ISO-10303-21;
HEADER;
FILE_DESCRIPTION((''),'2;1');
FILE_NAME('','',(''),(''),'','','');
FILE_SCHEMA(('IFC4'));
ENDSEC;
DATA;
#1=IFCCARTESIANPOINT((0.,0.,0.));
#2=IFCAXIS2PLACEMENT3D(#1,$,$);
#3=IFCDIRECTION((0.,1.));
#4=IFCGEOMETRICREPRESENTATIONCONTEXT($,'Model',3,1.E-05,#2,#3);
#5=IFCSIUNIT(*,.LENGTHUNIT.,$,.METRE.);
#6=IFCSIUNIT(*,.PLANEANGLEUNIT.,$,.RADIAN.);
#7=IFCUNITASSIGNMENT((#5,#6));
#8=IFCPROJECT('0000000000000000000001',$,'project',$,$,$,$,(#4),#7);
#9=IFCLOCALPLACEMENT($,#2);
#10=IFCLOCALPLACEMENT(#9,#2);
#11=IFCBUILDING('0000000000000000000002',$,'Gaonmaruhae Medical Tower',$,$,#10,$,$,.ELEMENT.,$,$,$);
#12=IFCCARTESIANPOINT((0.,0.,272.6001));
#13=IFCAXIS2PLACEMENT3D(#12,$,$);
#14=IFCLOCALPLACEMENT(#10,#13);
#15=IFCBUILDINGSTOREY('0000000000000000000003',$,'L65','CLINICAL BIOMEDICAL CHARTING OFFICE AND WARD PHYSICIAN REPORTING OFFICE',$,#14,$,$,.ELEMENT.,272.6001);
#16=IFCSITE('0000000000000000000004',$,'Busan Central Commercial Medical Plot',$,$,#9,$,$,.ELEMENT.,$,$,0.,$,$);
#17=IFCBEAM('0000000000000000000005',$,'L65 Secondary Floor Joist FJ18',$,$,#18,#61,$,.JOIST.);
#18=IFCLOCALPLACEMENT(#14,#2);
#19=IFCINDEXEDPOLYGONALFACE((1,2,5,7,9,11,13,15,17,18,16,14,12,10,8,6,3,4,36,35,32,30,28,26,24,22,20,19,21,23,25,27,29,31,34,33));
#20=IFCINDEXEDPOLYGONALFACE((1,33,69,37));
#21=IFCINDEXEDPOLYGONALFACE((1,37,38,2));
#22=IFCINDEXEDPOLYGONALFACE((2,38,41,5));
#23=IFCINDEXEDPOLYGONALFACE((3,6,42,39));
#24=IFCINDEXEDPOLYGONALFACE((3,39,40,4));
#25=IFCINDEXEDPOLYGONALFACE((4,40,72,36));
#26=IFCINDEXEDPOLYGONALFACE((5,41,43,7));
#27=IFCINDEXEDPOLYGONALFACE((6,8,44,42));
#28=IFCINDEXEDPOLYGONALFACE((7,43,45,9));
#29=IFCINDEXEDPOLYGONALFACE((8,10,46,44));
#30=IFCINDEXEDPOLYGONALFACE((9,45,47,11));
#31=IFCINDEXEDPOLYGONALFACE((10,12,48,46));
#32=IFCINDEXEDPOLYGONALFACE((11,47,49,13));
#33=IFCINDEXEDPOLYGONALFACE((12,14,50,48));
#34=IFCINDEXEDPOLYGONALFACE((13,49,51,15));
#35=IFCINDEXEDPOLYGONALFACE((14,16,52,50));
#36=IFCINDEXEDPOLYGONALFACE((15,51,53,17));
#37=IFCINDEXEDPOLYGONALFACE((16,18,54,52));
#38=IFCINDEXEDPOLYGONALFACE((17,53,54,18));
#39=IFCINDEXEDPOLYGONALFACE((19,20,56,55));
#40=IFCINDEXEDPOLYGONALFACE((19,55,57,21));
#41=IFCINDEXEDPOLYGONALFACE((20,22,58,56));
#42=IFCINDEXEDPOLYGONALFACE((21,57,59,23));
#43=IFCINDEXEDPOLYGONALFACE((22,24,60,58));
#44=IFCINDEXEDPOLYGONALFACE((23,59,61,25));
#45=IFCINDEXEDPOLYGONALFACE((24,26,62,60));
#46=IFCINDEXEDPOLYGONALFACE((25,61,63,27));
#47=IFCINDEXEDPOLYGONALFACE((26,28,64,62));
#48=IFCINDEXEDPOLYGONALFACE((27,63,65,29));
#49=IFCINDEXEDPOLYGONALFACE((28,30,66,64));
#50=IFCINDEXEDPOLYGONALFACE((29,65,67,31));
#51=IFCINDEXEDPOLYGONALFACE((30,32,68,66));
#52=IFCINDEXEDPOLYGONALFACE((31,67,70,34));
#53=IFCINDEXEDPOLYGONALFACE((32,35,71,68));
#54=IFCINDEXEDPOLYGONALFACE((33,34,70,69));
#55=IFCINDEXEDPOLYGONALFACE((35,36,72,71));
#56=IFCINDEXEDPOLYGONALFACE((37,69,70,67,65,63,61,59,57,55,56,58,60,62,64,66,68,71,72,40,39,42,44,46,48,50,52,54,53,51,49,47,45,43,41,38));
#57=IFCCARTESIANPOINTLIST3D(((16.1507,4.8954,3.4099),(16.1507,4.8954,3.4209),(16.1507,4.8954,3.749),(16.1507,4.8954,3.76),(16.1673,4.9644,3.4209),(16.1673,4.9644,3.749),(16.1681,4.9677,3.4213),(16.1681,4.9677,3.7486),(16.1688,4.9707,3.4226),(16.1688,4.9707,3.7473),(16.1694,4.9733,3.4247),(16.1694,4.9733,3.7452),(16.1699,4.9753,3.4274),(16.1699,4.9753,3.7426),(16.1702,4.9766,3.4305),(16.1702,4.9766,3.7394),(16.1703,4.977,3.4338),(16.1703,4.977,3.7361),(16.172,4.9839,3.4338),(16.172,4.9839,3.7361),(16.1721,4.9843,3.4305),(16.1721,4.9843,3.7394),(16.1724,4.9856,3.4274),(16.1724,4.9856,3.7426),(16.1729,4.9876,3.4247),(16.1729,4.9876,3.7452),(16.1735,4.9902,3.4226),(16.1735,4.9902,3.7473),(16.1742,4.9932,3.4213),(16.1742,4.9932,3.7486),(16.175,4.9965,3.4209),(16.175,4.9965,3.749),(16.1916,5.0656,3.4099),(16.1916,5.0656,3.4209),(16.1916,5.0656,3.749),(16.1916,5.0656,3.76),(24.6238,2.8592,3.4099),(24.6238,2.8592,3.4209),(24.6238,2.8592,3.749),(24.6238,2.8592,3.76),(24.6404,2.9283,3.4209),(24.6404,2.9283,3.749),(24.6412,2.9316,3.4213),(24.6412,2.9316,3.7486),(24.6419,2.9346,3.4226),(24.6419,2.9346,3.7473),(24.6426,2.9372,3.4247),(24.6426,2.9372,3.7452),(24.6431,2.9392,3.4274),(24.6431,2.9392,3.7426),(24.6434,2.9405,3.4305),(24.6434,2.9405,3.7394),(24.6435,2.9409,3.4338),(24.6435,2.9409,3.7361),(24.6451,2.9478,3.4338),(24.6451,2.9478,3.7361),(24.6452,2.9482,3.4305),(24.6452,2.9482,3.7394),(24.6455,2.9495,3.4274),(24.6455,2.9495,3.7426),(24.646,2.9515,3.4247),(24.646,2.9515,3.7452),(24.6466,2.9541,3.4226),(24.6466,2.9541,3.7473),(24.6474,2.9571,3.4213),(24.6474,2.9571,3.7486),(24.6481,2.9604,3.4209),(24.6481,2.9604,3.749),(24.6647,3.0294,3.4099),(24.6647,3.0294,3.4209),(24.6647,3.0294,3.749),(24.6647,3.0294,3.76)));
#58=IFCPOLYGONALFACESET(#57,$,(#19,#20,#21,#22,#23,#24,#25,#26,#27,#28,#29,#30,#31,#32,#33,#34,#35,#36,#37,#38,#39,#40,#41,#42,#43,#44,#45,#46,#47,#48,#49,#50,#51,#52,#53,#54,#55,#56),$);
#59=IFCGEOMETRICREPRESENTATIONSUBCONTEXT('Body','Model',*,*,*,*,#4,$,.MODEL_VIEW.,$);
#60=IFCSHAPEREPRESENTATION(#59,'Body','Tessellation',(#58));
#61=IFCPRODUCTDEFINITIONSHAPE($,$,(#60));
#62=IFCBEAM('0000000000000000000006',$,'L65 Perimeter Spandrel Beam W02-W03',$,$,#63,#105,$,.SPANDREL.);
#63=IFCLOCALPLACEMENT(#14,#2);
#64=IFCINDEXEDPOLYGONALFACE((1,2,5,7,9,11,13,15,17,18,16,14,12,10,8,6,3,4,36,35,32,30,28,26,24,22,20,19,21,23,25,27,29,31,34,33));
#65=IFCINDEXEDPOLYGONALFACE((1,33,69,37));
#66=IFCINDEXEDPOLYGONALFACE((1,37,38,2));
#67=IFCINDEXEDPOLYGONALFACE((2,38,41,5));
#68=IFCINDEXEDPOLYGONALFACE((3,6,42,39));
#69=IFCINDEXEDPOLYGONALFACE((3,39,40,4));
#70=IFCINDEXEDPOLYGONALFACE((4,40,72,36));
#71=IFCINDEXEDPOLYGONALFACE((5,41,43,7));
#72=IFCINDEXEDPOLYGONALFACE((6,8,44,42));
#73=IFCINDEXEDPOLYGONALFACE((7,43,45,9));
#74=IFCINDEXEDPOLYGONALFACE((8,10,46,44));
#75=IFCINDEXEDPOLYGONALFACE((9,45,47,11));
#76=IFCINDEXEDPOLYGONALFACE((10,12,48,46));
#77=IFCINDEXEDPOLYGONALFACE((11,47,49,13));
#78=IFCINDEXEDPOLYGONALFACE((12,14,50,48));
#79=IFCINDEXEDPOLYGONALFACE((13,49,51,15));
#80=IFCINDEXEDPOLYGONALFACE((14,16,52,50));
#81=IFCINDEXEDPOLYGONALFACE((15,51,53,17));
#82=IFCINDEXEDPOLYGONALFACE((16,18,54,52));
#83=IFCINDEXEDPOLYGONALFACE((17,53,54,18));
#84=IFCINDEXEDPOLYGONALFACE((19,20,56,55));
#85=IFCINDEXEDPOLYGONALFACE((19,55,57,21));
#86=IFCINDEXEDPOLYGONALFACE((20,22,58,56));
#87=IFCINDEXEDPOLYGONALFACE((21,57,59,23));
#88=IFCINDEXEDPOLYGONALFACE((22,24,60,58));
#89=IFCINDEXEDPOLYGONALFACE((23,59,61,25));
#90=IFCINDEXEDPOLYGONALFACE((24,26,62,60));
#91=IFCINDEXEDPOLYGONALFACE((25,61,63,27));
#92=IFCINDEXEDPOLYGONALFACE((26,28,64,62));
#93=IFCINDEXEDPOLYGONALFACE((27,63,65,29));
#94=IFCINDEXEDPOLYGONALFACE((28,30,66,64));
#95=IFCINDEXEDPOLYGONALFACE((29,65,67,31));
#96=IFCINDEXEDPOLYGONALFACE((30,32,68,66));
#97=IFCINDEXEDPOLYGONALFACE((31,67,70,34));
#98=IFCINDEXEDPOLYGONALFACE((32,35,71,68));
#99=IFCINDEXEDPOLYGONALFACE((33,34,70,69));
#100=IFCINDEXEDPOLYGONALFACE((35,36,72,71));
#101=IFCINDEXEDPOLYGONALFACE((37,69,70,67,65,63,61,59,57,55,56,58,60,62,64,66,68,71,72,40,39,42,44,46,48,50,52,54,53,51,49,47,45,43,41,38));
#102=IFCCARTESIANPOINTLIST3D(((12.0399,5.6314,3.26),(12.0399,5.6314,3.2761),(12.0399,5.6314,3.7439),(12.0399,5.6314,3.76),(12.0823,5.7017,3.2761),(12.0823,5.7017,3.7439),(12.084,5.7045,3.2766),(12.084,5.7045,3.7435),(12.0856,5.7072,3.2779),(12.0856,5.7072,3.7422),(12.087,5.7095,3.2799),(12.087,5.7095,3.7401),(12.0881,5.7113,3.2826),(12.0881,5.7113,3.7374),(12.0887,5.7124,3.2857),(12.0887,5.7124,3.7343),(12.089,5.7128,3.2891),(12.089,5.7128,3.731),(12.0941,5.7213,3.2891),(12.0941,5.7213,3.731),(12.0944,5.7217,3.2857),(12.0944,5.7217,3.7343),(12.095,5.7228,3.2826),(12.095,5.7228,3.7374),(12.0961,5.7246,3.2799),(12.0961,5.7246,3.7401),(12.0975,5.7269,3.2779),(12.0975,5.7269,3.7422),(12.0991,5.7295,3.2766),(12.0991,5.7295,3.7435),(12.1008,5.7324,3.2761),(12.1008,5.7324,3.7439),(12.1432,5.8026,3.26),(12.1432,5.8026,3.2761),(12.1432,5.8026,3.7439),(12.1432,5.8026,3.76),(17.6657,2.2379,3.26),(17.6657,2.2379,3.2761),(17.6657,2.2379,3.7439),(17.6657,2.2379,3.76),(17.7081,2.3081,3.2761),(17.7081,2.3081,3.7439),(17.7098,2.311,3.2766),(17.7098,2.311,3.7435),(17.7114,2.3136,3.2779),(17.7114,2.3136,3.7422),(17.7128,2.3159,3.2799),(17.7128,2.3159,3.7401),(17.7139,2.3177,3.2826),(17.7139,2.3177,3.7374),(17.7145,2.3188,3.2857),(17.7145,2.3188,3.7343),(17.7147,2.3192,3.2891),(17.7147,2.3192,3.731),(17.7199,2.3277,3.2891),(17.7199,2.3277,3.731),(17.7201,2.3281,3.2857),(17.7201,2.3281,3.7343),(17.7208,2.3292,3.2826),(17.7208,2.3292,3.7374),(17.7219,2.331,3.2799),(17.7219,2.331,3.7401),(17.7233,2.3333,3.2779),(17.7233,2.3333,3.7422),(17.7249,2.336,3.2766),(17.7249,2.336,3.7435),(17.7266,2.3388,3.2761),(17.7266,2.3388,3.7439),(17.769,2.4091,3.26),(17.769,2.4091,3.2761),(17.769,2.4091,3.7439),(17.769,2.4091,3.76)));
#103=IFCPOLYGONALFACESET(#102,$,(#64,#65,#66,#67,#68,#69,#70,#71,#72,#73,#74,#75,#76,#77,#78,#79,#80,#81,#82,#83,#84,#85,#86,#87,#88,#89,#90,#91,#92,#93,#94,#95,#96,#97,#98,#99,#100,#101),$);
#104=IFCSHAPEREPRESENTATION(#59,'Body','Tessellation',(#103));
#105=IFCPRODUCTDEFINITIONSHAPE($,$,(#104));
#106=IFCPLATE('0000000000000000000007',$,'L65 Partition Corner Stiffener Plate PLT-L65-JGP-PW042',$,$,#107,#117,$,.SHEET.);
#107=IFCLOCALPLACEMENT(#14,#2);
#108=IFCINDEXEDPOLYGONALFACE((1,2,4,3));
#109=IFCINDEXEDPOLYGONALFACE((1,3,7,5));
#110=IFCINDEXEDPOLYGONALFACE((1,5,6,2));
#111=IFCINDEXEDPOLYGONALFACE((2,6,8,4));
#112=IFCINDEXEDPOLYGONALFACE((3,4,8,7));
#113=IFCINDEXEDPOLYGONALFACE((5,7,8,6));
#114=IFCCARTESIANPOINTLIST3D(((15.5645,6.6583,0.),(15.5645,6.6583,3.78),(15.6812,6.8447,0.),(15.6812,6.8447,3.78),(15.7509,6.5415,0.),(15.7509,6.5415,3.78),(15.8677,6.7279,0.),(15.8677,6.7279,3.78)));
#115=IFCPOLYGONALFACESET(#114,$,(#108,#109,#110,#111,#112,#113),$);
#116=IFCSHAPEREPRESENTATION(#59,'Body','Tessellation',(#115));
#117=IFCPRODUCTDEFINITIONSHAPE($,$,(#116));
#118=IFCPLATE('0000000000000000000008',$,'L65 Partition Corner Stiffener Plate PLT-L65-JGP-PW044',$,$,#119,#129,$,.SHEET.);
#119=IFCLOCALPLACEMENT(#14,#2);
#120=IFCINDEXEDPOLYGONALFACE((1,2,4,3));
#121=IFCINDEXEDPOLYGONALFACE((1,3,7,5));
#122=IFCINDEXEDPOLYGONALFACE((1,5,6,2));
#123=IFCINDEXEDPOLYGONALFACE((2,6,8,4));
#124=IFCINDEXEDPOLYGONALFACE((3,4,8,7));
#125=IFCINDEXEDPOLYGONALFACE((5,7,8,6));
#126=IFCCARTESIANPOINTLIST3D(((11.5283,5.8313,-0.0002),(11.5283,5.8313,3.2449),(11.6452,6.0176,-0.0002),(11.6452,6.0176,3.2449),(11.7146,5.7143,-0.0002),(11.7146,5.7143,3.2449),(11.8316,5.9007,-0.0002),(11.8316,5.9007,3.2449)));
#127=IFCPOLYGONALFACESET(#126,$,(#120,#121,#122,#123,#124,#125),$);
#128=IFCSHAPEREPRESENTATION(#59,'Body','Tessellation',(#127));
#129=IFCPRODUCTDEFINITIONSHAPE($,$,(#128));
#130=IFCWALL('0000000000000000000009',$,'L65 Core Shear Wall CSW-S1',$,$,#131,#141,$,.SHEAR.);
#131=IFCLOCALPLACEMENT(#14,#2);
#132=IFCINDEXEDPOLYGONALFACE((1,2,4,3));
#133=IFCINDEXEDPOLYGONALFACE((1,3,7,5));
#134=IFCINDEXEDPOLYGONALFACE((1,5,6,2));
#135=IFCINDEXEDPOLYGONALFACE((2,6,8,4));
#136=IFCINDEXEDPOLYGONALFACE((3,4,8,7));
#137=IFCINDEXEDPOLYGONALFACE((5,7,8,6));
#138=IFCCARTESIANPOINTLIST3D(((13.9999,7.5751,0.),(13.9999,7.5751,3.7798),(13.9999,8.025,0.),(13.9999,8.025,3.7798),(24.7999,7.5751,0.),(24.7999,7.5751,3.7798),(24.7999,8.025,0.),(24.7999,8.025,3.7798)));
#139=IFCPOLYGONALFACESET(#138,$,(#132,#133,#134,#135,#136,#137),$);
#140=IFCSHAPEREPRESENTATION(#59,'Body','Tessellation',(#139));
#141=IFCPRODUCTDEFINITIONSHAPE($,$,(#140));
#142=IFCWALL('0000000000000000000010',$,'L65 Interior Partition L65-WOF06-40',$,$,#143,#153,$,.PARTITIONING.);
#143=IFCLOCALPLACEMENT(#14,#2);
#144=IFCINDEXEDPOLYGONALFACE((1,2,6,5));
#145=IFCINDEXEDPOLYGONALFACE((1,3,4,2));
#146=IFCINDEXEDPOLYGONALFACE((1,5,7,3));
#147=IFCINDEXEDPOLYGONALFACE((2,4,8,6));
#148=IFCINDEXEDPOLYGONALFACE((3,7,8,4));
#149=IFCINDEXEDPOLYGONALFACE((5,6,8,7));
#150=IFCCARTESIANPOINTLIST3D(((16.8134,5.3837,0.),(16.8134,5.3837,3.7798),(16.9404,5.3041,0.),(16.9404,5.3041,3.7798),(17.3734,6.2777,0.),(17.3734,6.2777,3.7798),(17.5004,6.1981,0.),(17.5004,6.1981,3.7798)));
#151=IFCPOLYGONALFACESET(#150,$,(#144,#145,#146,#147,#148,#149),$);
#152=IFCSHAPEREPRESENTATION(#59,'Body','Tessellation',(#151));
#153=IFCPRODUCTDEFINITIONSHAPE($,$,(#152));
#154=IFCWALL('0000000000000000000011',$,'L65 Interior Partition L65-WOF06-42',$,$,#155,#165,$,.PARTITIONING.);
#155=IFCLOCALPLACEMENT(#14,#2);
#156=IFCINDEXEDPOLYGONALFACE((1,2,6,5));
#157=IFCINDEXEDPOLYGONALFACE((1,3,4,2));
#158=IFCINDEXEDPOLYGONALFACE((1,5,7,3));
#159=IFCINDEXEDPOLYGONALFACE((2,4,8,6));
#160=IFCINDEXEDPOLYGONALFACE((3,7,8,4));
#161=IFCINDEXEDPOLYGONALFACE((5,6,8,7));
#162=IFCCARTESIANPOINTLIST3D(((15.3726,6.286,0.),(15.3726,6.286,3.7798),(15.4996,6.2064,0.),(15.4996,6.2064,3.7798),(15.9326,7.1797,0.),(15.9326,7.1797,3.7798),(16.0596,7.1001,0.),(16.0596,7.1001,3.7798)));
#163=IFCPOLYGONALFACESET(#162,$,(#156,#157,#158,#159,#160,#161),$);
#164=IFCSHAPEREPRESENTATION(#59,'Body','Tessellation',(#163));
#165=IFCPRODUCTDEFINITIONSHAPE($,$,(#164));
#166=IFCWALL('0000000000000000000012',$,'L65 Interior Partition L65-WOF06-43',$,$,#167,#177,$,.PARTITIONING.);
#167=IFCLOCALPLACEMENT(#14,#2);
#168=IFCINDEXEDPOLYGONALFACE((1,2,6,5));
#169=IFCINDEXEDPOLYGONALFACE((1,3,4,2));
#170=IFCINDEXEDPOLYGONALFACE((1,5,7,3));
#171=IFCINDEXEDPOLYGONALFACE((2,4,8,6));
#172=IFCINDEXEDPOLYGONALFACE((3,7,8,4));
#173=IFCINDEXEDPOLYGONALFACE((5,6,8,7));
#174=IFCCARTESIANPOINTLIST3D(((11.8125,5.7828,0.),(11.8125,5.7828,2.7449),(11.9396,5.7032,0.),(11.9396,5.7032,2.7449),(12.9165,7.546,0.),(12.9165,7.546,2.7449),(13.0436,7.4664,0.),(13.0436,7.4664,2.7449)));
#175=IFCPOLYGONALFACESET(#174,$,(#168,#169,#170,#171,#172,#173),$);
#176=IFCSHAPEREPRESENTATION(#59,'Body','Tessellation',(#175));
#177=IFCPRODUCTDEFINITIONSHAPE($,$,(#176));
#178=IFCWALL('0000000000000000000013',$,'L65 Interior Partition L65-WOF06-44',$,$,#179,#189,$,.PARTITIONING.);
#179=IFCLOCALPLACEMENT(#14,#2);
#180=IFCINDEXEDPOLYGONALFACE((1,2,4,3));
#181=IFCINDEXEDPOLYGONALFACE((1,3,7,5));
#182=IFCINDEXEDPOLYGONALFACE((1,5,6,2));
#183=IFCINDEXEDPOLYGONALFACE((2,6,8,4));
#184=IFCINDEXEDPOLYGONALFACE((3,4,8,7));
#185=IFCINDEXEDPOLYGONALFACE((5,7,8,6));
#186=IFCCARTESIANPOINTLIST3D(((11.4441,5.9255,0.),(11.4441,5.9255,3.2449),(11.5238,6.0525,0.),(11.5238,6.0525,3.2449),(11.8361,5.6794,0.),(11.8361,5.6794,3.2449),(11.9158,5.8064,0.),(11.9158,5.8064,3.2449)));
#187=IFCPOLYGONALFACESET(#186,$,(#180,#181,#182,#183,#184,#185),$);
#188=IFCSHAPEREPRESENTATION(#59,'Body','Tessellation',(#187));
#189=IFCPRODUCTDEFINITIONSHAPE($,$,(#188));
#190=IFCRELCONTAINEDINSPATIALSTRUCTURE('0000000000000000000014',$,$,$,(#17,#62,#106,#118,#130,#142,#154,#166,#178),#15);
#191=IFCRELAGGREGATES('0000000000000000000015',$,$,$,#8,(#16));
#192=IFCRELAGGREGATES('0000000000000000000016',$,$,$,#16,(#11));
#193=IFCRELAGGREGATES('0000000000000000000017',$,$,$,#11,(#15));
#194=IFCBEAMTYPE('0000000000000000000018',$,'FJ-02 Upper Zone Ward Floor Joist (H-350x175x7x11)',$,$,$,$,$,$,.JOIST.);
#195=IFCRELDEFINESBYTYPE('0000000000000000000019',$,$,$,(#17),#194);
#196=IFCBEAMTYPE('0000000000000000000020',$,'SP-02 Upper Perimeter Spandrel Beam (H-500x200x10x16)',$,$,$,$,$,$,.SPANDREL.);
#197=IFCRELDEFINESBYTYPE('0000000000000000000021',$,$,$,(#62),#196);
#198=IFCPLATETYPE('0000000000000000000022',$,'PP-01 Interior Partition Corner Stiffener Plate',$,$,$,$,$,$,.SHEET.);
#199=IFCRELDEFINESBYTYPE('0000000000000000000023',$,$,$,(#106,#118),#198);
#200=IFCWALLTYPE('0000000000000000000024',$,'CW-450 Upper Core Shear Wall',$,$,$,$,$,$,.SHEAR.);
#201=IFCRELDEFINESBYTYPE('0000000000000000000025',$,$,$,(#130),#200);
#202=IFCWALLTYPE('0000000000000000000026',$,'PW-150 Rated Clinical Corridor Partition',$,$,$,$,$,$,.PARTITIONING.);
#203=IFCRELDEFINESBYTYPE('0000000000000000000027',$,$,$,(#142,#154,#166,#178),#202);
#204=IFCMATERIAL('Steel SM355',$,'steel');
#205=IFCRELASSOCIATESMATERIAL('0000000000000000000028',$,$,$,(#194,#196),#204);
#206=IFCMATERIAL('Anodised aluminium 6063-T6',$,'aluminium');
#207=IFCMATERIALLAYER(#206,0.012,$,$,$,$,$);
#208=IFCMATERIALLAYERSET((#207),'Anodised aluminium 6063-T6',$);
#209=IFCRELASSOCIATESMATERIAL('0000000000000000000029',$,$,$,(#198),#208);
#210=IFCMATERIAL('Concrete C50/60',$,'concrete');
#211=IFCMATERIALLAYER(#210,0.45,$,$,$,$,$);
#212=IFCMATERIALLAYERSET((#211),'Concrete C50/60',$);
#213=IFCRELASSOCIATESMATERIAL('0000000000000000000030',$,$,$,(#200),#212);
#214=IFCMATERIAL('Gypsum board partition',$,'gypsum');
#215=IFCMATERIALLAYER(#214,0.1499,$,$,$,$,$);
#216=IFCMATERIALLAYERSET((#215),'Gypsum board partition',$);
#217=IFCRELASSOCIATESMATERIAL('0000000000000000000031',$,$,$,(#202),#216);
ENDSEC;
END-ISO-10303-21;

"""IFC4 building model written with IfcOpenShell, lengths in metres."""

from ifc_helpers import new_model, si_unit, direction, frame, frame_2d, origin, origin_2d, place, context, subcontext, project, spatial, rectangle, i_section, extrude, material, layer, layer_set, material_profile, profile_set, type_object, element, save


model = new_model("IFC4")

# Units and contexts
model_context = context("Model", 3, precision=1e-05, world=origin(), true_north=direction((0.0, 1.0)))
body_context = subcontext(model_context, "Body", "Model", "MODEL_VIEW")
ifc_project = project(units=[si_unit("LENGTHUNIT", "METRE"), si_unit("PLANEANGLEUNIT", "RADIAN")], contexts=[model_context])

# Site, building, storey
site_placement = place(None, origin())
site = spatial("IfcSite", under=ifc_project, at=site_placement, Name="Busan Central Commercial Medical Plot", CompositionType="ELEMENT", RefElevation=0.0)
building_placement = place(site_placement, origin())
building = spatial("IfcBuilding", under=site, at=building_placement, Name="Gaonmaruhae Medical Tower", CompositionType="ELEMENT")
storey_placement = place(building_placement, frame((0.0, 0.0, 272.6001)))
storey = spatial("IfcBuildingStorey", under=building, at=storey_placement, Name="L65", Description="CLINICAL BIOMEDICAL CHARTING OFFICE AND WARD PHYSICIAN REPORTING OFFICE", CompositionType="ELEMENT", Elevation=272.6001)

# Shared definitions
ifc_material_1 = material(Name="Concrete C50/60", Category="concrete")

# Beams
ifc_material_2 = material(Name="Steel SM355", Category="steel")
ifc_material_profile_1 = material_profile(ifc_material_2, i_section(OverallWidth=0.175, OverallDepth=0.3501, WebThickness=0.0071, FlangeThickness=0.011, FilletRadius=0.0129, at=origin_2d()), Name="H-350x175x7x11")
ifc_profile_set_1 = profile_set([ifc_material_profile_1], Name="Steel SM355")
beam_type_1 = type_object("IfcBeamType", Name="FJ-02 Upper Zone Ward Floor Joist (H-350x175x7x11)", PredefinedType="JOIST", material=ifc_profile_set_1)
beam_1_placement = place(storey_placement, frame((16.1711, 4.9805, 3.585), z_axis=(0.97232, -0.233653, 0.0), x_axis=(0.233653, 0.97232, 0.0)))
element("IfcBeam", 1, at=beam_1_placement, inside=storey, type_object=beam_type_1, Name="L65 Secondary Floor Joist FJ18", PredefinedType="JOIST", context=body_context, shape_type="SweptSolid", body=[
    extrude(i_section(OverallWidth=0.175, OverallDepth=0.3501, WebThickness=0.0071, FlangeThickness=0.011, FilletRadius=0.0129, at=origin_2d()), origin(), (0.0, 0.0, 1.0), 8.7144),
])
ifc_material_profile_2 = material_profile(ifc_material_2, i_section(OverallWidth=0.2, OverallDepth=0.5, WebThickness=0.01, FlangeThickness=0.0161, FilletRadius=0.0129, at=origin_2d()), Name="H-500x200x10x16")
ifc_profile_set_2 = profile_set([ifc_material_profile_2], Name="Steel SM355")
beam_type_2 = type_object("IfcBeamType", Name="SP-02 Upper Perimeter Spandrel Beam (H-500x200x10x16)", PredefinedType="SPANDREL", material=ifc_profile_set_2)
beam_2_placement = place(storey_placement, frame((12.0916, 5.717, 3.51), z_axis=(0.856274, -0.516522, 0.0), x_axis=(0.516522, 0.856274, 0.0)))
element("IfcBeam", 2, at=beam_2_placement, inside=storey, type_object=beam_type_2, Name="L65 Perimeter Spandrel Beam W02-W03", PredefinedType="SPANDREL", context=body_context, shape_type="SweptSolid", body=[
    extrude(i_section(OverallWidth=0.2, OverallDepth=0.5, WebThickness=0.01, FlangeThickness=0.0161, FilletRadius=0.0129, at=origin_2d()), origin(), (0.0, 0.0, 1.0), 6.5701),
])

# Plates
ifc_material_3 = material(Name="Anodised aluminium 6063-T6", Category="aluminium")
ifc_layer_1 = layer(ifc_material_3, 0.012)
ifc_layer_set_1 = layer_set([ifc_layer_1], Name="Anodised aluminium 6063-T6")
plate_type = type_object("IfcPlateType", Name="PP-01 Interior Partition Corner Stiffener Plate", PredefinedType="SHEET", material=ifc_layer_set_1)
plate_1_placement = place(storey_placement, frame((15.7161, 6.6931, 0.0), z_axis=(0.0, 0.0, 1.0), x_axis=(-0.530851, -0.847465, 0.0)))
element("IfcPlate", 3, at=plate_1_placement, inside=storey, type_object=plate_type, Name="L65 Partition Corner Stiffener Plate PLT-L65-JGP-PW042", PredefinedType="SHEET", context=body_context, shape_type="SweptSolid", body=[
    extrude(rectangle(XDim=0.22, YDim=0.22, at=origin_2d()), origin(), (0.0, 0.0, 1.0), 3.78),
])
plate_2_placement = place(storey_placement, frame((11.6799, 5.866, -0.0002), z_axis=(0.0, 0.0, 1.0), x_axis=(-0.847029, 0.531546, 0.0)))
element("IfcPlate", 4, at=plate_2_placement, inside=storey, type_object=plate_type, Name="L65 Partition Corner Stiffener Plate PLT-L65-JGP-PW044", PredefinedType="SHEET", context=body_context, shape_type="SweptSolid", body=[
    extrude(rectangle(XDim=0.22, YDim=0.22, at=origin_2d()), origin(), (0.0, 0.0, 1.0), 3.2451),
])

# Walls
ifc_layer_2 = layer(ifc_material_1, 0.45)
ifc_layer_set_2 = layer_set([ifc_layer_2], Name="Concrete C50/60")
wall_type_1 = type_object("IfcWallType", Name="CW-450 Upper Core Shear Wall", PredefinedType="SHEAR", material=ifc_layer_set_2)
wall_1_placement = place(storey_placement, frame((14.0, 7.8, 0.0), z_axis=(0.0, 0.0, 1.0), x_axis=(1.0, 0.0, 0.0)))
element("IfcWall", 5, at=wall_1_placement, inside=storey, type_object=wall_type_1, Name="L65 Core Shear Wall CSW-S1", PredefinedType="SHEAR", context=body_context, shape_type="SweptSolid", body=[
    extrude(rectangle(XDim=10.8, YDim=0.45, at=frame_2d((5.3999, 0.0))), origin(), (0.0, 0.0, 1.0), 3.7798),
])
ifc_material_4 = material(Name="Gypsum board partition", Category="gypsum")
ifc_layer_3 = layer(ifc_material_4, 0.1499)
ifc_layer_set_3 = layer_set([ifc_layer_3], Name="Gypsum board partition")
wall_type_2 = type_object("IfcWallType", Name="PW-150 Rated Clinical Corridor Partition", PredefinedType="PARTITIONING", material=ifc_layer_set_3)
wall_2_placement = place(storey_placement, frame((16.877, 5.344, 0.0), z_axis=(0.0, 0.0, 1.0), x_axis=(0.530872, 0.847452, 0.0)))
element("IfcWall", 6, at=wall_2_placement, inside=storey, type_object=wall_type_2, Name="L65 Interior Partition L65-WOF06-40", PredefinedType="PARTITIONING", context=body_context, shape_type="SweptSolid", body=[
    extrude(rectangle(XDim=1.0549, YDim=0.1499, at=frame_2d((0.5273, 0.0))), origin(), (0.0, 0.0, 1.0), 3.7798),
])
wall_3_placement = place(storey_placement, frame((15.9961, 7.1399, 0.0), z_axis=(0.0, 0.0, 1.0), x_axis=(-0.530976, -0.847387, 0.0)))
element("IfcWall", 7, at=wall_3_placement, inside=storey, type_object=wall_type_2, Name="L65 Interior Partition L65-WOF06-42", PredefinedType="PARTITIONING", context=body_context, shape_type="SweptSolid", body=[
    extrude(rectangle(XDim=1.0547, YDim=0.1499, at=frame_2d((0.5273, 0.0))), origin(), (0.0, 0.0, 1.0), 3.7798),
])
wall_4_placement = place(storey_placement, frame((12.98, 7.5061, 0.0), z_axis=(0.0, 0.0, 1.0), x_axis=(-0.530695, -0.847563, 0.0)))
element("IfcWall", 8, at=wall_4_placement, inside=storey, type_object=wall_type_2, Name="L65 Interior Partition L65-WOF06-43", PredefinedType="PARTITIONING", context=body_context, shape_type="SweptSolid", body=[
    extrude(rectangle(XDim=2.0803, YDim=0.1499, at=frame_2d((1.04, 0.0))), origin(), (0.0, 0.0, 1.0), 2.7449),
])
wall_5_placement = place(storey_placement, frame((11.876, 5.7429, 0.0), z_axis=(0.0, 0.0, 1.0), x_axis=(-0.846989, 0.53161, 0.0)))
element("IfcWall", 9, at=wall_5_placement, inside=storey, type_object=wall_type_2, Name="L65 Interior Partition L65-WOF06-44", PredefinedType="PARTITIONING", context=body_context, shape_type="SweptSolid", body=[
    extrude(rectangle(XDim=0.4629, YDim=0.1499, at=frame_2d((0.2314, 0.0))), origin(), (0.0, 0.0, 1.0), 3.2449),
])

save(model, "model.ifc")
